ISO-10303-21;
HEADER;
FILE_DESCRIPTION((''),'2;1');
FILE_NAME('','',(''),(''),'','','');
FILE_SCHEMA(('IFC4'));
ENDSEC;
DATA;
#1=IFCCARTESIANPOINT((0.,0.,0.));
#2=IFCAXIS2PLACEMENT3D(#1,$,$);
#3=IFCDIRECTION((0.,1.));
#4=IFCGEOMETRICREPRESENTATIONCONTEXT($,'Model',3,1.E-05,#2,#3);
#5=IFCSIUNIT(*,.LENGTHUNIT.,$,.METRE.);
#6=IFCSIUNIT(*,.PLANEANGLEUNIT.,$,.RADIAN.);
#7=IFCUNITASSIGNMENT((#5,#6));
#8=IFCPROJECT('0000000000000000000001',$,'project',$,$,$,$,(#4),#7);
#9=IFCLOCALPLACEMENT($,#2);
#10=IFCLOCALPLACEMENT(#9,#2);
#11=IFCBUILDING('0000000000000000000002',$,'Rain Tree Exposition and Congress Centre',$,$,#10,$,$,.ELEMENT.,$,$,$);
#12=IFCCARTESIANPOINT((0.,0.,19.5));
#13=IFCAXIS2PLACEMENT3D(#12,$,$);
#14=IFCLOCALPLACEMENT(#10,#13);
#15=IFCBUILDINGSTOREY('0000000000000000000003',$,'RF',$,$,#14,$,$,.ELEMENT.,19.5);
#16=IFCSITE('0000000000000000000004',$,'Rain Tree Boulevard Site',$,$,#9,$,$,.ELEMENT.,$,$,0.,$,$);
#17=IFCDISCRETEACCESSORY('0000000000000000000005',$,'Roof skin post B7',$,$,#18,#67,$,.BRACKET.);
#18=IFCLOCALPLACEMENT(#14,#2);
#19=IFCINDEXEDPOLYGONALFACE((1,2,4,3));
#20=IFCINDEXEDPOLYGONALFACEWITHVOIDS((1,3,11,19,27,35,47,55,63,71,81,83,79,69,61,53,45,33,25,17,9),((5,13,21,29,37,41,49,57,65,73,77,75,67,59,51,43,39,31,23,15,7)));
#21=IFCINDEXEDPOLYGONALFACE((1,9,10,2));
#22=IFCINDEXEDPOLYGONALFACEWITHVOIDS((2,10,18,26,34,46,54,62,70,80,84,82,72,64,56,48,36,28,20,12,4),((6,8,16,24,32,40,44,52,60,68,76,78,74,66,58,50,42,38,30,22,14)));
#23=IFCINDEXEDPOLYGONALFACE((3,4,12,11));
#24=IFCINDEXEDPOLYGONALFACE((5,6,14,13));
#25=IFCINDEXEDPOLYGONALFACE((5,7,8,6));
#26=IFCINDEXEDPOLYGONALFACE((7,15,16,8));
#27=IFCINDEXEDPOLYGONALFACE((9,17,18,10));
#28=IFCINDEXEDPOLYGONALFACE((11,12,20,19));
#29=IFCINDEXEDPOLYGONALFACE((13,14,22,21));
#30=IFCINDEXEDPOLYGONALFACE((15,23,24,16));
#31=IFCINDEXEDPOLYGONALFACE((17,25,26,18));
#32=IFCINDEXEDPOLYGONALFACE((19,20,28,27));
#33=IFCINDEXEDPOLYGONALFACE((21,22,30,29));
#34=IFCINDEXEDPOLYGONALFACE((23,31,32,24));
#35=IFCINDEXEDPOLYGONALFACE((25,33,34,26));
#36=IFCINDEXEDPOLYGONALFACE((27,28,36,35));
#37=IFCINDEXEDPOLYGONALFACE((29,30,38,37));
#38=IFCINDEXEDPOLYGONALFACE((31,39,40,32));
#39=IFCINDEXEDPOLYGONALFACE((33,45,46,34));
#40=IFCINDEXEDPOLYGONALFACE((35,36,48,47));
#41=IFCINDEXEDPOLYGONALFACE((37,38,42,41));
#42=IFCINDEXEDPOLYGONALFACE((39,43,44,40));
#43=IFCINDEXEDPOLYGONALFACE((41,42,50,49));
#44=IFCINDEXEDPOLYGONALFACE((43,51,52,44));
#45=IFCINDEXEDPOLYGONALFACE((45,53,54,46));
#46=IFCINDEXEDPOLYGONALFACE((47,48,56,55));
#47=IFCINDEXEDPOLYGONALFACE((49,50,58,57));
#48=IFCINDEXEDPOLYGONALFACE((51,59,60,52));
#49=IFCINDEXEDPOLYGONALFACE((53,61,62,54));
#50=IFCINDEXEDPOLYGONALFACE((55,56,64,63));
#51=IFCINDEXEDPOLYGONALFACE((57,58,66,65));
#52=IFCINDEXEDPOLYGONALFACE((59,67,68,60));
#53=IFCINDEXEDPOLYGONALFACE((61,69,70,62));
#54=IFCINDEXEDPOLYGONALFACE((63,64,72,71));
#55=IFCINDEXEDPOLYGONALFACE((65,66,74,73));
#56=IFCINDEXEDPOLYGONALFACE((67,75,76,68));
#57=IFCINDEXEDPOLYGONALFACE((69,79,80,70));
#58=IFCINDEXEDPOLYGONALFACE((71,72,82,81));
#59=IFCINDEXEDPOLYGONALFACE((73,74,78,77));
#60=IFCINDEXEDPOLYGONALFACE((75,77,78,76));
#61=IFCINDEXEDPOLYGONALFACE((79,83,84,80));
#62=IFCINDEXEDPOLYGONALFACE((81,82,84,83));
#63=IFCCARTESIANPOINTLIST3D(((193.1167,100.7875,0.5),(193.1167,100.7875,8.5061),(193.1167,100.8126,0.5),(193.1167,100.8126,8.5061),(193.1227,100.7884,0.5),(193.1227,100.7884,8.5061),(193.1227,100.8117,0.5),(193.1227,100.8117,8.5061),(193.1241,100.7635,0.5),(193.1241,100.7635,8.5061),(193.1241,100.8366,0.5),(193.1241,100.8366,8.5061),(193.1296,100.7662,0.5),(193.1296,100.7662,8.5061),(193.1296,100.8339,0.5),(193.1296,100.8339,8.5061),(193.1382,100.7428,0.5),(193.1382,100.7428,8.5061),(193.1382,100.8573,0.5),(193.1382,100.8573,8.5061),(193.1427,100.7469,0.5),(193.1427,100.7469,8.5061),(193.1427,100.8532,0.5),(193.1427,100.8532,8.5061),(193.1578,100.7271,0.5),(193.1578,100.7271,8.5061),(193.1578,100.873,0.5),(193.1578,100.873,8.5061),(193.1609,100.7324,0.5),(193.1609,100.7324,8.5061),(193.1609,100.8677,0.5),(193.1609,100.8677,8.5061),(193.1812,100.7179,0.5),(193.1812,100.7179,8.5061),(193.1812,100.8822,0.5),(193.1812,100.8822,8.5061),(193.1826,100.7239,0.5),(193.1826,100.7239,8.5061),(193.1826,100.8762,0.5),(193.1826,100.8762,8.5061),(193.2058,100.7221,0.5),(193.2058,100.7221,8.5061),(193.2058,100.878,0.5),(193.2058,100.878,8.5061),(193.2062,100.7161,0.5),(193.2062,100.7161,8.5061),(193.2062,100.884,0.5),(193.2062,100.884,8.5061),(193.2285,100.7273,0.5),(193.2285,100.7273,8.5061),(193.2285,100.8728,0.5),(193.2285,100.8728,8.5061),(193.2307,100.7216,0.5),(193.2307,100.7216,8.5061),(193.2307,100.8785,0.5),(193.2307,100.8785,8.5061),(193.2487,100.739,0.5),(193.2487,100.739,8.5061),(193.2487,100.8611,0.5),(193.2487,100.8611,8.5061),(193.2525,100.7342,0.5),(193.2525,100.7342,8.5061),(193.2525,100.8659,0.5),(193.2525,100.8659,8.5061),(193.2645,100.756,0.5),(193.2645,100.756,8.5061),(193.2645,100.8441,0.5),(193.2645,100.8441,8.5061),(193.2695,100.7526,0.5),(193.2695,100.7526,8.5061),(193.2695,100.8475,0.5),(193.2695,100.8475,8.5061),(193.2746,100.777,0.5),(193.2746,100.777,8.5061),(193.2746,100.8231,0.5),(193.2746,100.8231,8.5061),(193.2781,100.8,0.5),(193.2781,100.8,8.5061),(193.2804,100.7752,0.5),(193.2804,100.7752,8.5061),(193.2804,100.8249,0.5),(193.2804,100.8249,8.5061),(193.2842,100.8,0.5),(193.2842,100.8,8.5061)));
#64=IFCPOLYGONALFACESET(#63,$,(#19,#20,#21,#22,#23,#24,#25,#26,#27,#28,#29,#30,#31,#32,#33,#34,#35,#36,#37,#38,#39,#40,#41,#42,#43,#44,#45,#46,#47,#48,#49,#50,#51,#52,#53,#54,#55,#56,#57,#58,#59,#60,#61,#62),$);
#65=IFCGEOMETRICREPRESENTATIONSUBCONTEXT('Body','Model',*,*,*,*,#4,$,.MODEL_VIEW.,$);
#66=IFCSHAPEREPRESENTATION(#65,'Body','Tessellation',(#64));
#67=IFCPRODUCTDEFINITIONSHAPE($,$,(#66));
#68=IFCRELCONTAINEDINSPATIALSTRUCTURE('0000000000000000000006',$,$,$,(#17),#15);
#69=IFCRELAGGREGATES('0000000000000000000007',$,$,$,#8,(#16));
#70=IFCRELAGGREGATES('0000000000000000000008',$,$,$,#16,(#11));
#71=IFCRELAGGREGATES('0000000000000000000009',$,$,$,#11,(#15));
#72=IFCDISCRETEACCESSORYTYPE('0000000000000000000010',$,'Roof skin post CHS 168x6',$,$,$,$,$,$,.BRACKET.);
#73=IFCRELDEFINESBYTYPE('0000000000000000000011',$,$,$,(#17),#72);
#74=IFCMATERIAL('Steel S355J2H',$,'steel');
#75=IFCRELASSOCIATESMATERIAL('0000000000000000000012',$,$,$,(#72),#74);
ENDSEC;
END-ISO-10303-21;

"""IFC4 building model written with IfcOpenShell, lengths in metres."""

from ifc_helpers import new_model, si_unit, direction, frame, origin, origin_2d, place, context, subcontext, project, spatial, hollow_circle, extrude, material, material_profile, profile_set, type_object, element, save


model = new_model("IFC4")

# Units and contexts
model_context = context("Model", 3, precision=1e-05, world=origin(), true_north=direction((0.0, 1.0)))
body_context = subcontext(model_context, "Body", "Model", "MODEL_VIEW")
ifc_project = project(units=[si_unit("LENGTHUNIT", "METRE"), si_unit("PLANEANGLEUNIT", "RADIAN")], contexts=[model_context])

# Site, building, storey
site_placement = place(None, origin())
site = spatial("IfcSite", under=ifc_project, at=site_placement, Name="Rain Tree Boulevard Site", CompositionType="ELEMENT", RefElevation=0.0)
building_placement = place(site_placement, origin())
building = spatial("IfcBuilding", under=site, at=building_placement, Name="Rain Tree Exposition and Congress Centre", CompositionType="ELEMENT")
storey_placement = place(building_placement, frame((0.0, 0.0, 19.5)))
storey = spatial("IfcBuildingStorey", under=building, at=storey_placement, Name="RF", CompositionType="ELEMENT", Elevation=19.5)

# Discrete accessory
ifc_material_1 = material(Name="Steel S355J2H", Category="steel")
ifc_material_profile_1 = material_profile(ifc_material_1, hollow_circle(Radius=0.0842, WallThickness=0.0061, at=origin_2d()), Name="CHS 168x6")
ifc_profile_set_1 = profile_set([ifc_material_profile_1], Name="Steel S355J2H")
discrete_accessory_type_1 = type_object("IfcDiscreteAccessoryType", Name="Roof skin post CHS 168x6", PredefinedType="BRACKET", material=ifc_profile_set_1)
discrete_accessory_1_placement = place(storey_placement, frame((193.2, 100.8, 0.5), z_axis=(0.0, 0.0, 1.0), x_axis=(1.0, 0.0, 0.0)))
element("IfcDiscreteAccessory", 1, at=discrete_accessory_1_placement, inside=storey, type_object=discrete_accessory_type_1, Name="Roof skin post B7", PredefinedType="BRACKET", context=body_context, shape_type="SweptSolid", body=[
    extrude(hollow_circle(Radius=0.0842, WallThickness=0.0061, at=origin_2d()), origin(), (0.0, 0.0, 1.0), 8.0061),
])

save(model, "model.ifc")
